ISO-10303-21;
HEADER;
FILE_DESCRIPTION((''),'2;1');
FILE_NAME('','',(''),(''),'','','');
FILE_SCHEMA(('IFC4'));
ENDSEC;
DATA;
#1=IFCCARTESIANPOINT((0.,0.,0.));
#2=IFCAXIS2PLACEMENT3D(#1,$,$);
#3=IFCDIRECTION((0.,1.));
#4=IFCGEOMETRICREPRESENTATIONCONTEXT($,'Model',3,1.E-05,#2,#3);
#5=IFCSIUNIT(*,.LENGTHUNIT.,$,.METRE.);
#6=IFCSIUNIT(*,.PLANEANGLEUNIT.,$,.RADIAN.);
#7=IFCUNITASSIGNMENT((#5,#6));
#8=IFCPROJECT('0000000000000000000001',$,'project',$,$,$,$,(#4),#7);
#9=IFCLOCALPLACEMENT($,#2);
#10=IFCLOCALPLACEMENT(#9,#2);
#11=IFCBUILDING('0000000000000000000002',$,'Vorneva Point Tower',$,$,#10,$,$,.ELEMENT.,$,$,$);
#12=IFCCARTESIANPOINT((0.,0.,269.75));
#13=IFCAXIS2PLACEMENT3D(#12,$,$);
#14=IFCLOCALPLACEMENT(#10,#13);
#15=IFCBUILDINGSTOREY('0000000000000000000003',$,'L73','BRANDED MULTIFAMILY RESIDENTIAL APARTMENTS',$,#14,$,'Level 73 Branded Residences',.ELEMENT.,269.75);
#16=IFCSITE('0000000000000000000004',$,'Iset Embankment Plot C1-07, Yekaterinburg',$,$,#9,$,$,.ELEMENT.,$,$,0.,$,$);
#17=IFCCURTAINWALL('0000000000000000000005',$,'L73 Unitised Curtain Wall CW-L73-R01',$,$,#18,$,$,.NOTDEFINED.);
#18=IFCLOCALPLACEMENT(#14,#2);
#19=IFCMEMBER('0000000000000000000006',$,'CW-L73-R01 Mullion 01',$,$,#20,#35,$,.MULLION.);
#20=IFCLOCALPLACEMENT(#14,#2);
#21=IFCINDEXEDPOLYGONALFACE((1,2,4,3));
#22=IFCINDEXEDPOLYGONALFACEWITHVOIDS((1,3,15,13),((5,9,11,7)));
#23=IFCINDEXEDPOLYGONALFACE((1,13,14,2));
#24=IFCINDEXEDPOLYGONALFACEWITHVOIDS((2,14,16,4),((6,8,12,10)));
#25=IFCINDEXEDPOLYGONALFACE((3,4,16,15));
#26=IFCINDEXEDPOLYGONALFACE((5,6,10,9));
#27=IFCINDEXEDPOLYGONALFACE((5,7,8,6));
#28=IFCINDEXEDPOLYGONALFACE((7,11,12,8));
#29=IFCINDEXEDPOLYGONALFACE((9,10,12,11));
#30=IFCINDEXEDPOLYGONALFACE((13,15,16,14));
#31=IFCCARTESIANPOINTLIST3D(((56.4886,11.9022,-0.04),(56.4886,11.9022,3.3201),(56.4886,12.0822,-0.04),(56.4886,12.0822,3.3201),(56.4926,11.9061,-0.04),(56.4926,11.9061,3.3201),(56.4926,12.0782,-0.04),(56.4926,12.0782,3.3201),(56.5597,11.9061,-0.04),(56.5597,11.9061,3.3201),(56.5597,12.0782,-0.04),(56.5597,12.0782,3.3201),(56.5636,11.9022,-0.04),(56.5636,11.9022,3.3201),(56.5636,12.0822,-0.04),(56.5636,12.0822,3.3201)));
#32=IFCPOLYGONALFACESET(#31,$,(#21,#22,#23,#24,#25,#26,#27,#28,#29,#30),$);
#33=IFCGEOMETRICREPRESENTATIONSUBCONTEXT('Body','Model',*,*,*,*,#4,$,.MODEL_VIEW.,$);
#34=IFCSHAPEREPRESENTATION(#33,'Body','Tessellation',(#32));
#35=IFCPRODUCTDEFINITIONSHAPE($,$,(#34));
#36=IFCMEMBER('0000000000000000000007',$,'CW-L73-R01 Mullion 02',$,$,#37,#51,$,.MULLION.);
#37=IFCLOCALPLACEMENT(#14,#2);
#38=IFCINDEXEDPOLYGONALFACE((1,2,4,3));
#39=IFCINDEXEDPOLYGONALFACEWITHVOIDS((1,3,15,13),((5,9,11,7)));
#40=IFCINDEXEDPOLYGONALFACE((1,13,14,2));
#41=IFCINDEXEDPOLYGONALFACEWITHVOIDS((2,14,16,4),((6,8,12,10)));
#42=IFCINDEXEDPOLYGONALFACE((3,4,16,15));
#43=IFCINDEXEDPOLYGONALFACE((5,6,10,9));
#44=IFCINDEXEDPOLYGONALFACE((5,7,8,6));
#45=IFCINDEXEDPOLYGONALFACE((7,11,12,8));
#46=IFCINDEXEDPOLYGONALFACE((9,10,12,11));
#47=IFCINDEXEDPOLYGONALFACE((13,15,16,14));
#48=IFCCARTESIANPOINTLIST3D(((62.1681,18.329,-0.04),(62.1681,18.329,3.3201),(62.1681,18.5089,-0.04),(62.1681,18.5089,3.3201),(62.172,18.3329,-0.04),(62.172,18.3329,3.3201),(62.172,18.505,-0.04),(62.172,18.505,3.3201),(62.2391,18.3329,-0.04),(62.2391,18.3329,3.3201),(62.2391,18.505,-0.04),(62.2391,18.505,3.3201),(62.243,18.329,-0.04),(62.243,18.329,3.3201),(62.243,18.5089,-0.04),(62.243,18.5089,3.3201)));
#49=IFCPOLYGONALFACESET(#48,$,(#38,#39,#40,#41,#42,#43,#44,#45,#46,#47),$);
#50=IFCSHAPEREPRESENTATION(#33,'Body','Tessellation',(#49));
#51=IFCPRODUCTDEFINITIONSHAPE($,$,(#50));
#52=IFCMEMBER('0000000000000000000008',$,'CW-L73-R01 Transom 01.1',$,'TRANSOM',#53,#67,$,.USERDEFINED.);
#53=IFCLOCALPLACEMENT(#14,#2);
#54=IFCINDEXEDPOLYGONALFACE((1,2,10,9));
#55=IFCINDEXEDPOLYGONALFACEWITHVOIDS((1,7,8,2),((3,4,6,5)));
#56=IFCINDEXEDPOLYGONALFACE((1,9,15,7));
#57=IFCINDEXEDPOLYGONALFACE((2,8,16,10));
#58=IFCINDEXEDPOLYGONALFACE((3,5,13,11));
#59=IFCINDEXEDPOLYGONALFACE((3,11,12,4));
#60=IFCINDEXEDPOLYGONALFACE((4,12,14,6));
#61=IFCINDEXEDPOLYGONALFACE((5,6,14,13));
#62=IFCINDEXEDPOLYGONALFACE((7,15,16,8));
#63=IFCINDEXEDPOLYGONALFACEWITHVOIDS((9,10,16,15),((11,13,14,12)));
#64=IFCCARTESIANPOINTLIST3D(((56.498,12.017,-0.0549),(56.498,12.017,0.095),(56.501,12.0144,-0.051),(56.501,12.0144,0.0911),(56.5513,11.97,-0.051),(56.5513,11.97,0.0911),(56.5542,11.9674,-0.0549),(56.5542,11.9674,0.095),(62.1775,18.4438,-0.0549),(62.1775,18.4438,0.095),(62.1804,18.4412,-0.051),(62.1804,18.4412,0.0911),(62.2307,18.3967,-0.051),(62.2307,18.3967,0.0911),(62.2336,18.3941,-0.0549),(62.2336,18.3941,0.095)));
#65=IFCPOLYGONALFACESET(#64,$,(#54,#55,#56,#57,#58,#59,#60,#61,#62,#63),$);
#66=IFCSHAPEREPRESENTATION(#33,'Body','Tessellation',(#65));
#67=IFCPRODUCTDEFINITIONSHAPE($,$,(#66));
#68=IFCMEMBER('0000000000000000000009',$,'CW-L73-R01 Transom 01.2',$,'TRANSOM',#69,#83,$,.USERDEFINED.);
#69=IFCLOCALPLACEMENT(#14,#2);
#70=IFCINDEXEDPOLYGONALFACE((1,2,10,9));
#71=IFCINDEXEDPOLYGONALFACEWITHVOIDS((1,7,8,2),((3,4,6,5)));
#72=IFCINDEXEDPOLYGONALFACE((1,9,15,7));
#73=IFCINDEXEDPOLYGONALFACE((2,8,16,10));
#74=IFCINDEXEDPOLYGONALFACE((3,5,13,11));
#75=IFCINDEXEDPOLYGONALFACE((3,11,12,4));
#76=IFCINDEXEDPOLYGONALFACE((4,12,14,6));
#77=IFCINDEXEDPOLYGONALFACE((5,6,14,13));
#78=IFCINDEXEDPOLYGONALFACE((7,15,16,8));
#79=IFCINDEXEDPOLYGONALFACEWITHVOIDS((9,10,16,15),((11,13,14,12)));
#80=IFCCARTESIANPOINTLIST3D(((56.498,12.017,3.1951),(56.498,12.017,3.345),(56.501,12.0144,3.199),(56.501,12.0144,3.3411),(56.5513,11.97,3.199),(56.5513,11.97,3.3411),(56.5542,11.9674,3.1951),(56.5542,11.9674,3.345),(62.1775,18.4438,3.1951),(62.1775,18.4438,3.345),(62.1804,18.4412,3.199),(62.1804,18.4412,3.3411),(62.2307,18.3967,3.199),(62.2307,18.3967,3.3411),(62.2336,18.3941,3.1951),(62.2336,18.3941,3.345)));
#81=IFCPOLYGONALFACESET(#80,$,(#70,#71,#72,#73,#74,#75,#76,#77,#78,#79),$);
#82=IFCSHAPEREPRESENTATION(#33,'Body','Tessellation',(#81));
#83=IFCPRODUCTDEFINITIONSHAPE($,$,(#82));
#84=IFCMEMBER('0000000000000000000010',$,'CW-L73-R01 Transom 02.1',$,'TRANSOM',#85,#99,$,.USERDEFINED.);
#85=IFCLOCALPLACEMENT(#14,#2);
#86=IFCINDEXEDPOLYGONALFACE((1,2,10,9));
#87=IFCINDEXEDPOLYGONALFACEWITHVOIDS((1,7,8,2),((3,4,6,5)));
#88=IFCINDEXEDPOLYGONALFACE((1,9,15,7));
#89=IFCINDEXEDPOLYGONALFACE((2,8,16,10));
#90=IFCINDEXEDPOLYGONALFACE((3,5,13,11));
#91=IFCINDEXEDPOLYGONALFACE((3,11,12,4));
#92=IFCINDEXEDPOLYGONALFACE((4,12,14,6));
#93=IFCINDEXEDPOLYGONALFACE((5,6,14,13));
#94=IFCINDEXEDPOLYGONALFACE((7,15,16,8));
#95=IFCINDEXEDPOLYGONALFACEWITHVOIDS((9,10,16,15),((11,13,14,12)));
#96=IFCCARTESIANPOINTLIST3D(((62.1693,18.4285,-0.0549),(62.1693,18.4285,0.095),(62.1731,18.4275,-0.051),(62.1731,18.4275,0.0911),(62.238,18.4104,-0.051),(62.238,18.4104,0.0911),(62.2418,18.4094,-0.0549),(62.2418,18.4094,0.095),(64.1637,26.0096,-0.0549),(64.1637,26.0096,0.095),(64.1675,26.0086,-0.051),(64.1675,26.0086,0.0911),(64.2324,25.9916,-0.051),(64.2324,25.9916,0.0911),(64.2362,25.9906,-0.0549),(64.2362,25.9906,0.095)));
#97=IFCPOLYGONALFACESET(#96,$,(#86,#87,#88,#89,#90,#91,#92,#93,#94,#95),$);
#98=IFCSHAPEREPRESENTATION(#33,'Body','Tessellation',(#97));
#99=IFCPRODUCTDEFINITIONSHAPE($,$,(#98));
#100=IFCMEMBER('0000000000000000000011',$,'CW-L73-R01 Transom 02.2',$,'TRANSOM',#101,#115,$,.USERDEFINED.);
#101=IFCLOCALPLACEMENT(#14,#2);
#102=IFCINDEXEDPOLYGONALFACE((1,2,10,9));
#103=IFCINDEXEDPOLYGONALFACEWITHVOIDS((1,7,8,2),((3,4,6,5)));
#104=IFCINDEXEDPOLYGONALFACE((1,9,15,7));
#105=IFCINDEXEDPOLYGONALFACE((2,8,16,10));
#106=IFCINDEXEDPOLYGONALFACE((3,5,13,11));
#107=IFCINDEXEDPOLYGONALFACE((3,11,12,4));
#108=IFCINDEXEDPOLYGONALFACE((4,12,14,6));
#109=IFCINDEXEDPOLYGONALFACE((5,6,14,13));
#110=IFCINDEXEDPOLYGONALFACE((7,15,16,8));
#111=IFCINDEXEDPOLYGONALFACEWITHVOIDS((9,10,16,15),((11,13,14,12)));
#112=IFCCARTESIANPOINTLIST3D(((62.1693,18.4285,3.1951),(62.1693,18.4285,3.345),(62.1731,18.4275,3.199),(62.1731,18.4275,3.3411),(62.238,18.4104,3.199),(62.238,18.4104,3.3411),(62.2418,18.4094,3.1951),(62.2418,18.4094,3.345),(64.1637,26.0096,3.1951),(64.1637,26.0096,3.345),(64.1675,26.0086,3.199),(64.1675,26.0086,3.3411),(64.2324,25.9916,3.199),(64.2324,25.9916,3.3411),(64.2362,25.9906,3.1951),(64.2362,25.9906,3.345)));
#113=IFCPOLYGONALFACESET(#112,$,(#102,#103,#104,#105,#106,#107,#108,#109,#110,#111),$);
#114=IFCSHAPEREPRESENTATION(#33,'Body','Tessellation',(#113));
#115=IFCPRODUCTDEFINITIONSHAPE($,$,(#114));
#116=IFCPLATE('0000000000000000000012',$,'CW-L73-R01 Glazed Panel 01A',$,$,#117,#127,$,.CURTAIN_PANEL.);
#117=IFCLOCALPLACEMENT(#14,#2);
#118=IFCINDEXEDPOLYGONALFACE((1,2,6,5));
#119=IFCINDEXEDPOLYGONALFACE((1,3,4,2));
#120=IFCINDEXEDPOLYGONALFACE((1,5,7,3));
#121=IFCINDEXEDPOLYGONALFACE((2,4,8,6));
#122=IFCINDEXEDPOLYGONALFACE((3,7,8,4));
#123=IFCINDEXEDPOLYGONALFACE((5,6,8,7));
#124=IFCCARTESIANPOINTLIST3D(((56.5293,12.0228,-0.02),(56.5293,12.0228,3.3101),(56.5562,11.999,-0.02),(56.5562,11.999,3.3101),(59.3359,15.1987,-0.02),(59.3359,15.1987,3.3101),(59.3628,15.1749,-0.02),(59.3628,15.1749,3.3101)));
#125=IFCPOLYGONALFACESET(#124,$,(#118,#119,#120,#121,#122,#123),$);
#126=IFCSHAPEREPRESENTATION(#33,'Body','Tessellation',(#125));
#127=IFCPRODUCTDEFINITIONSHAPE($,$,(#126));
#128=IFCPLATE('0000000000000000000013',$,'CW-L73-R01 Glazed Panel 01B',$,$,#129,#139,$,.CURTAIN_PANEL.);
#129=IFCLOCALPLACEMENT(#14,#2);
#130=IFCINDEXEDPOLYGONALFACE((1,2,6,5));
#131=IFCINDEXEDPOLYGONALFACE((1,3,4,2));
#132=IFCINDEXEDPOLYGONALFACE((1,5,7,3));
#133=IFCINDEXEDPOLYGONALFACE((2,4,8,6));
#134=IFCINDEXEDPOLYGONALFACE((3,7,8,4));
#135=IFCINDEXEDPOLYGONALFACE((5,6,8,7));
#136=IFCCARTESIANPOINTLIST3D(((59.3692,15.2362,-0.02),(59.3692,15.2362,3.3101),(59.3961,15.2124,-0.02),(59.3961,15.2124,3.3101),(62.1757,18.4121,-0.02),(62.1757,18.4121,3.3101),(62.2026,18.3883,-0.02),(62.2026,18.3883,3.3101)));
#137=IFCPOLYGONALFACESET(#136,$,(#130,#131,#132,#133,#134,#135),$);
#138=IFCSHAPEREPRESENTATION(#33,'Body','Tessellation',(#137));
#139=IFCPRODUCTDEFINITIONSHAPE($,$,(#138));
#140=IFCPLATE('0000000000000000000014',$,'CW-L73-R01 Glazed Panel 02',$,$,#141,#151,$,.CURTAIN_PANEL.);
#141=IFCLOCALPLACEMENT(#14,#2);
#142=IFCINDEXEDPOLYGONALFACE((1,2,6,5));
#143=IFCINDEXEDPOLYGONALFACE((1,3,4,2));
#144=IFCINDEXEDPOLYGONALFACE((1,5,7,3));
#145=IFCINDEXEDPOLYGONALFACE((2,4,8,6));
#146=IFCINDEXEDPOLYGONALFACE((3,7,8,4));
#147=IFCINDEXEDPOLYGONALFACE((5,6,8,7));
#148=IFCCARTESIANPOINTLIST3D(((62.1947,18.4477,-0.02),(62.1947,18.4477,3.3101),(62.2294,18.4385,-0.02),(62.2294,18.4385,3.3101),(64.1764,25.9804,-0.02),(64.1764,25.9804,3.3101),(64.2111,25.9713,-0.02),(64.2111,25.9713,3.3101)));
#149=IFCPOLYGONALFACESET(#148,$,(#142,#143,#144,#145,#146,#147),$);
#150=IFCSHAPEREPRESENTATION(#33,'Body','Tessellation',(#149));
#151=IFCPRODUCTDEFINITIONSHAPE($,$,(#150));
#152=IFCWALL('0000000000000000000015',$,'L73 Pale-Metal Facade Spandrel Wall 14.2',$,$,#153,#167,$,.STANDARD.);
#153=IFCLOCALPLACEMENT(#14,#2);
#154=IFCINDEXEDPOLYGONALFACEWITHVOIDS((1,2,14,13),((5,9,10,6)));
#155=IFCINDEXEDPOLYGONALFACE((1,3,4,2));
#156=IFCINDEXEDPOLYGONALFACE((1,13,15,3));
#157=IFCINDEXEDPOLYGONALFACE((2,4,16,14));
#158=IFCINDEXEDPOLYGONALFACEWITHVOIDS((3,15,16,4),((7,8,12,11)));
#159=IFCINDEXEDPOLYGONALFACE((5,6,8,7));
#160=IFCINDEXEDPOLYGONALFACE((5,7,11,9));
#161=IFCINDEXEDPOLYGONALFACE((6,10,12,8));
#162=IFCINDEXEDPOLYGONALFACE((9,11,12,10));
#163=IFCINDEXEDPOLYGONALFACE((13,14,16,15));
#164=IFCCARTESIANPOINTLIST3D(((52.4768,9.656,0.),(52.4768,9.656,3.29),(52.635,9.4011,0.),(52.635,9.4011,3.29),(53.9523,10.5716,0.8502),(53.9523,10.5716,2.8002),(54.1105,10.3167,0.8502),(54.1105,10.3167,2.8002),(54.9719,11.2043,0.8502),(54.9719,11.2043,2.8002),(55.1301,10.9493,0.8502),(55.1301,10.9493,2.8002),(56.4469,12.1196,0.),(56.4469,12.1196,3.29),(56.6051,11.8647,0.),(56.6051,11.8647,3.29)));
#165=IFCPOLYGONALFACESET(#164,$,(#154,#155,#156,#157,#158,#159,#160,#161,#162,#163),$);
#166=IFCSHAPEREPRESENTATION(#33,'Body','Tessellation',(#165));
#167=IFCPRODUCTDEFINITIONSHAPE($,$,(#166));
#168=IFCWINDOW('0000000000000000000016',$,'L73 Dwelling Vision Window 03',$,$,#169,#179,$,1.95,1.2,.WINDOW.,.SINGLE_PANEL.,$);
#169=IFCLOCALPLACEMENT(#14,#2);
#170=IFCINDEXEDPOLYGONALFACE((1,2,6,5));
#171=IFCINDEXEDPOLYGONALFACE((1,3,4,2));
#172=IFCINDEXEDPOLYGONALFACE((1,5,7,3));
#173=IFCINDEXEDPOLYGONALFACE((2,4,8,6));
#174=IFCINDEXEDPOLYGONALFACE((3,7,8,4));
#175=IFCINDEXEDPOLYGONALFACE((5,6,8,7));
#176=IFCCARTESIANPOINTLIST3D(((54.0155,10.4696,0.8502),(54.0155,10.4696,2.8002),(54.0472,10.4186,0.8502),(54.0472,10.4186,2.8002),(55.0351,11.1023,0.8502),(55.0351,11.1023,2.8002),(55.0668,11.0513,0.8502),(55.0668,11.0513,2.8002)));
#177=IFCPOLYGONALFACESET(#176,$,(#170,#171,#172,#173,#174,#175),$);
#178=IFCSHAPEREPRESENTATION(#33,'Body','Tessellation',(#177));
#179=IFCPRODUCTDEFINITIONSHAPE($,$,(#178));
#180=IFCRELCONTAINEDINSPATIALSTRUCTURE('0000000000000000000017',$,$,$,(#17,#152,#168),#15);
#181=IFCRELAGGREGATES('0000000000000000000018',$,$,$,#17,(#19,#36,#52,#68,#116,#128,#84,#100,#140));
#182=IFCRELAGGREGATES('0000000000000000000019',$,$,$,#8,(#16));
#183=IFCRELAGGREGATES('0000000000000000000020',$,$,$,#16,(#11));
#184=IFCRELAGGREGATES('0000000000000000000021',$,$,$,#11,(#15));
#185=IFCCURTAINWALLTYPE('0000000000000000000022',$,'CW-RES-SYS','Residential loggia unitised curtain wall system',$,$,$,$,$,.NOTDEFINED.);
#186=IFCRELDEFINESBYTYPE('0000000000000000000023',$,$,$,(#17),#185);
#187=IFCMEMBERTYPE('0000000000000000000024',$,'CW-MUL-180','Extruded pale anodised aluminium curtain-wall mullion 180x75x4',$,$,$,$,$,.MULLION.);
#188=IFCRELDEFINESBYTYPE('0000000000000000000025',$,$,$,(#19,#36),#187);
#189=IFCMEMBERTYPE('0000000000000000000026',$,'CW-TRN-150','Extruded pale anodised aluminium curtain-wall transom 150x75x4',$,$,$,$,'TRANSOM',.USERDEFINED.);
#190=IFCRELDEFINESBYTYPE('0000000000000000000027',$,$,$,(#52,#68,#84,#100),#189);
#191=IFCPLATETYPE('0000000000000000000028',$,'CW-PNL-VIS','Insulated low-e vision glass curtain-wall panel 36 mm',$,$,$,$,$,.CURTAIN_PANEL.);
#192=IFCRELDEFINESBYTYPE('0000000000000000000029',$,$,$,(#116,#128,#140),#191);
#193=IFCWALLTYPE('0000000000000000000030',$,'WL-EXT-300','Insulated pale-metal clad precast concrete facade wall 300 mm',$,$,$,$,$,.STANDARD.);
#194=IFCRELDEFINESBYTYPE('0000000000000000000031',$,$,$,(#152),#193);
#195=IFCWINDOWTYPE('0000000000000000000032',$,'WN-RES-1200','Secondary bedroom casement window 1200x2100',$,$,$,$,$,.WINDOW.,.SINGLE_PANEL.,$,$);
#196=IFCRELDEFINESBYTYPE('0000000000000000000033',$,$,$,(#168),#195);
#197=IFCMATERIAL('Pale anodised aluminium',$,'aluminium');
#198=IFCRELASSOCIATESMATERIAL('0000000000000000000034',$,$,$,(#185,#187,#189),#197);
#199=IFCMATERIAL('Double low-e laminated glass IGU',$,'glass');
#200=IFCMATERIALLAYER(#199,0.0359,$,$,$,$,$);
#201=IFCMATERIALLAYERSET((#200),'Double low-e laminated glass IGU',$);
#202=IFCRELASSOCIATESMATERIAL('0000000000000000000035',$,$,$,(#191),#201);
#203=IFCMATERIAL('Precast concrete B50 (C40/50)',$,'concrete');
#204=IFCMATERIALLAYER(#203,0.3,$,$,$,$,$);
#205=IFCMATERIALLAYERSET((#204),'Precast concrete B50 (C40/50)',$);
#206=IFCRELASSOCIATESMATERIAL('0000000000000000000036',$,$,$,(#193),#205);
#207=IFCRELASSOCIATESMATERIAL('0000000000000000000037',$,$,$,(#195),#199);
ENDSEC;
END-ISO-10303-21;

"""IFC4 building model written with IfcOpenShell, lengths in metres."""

from ifc_helpers import new_model, si_unit, direction, frame, frame_2d, origin, origin_2d, place, context, subcontext, project, spatial, rectangle, hollow_rectangle, extrude, material, layer, layer_set, material_profile, profile_set, type_object, element, fill, aggregate, save


model = new_model("IFC4")

# Units and contexts
model_context = context("Model", 3, precision=1e-05, world=origin(), true_north=direction((0.0, 1.0)))
body_context = subcontext(model_context, "Body", "Model", "MODEL_VIEW")
ifc_project = project(units=[si_unit("LENGTHUNIT", "METRE"), si_unit("PLANEANGLEUNIT", "RADIAN")], contexts=[model_context])

# Site, building, storey
site_placement = place(None, origin())
site = spatial("IfcSite", under=ifc_project, at=site_placement, Name="Iset Embankment Plot C1-07, Yekaterinburg", CompositionType="ELEMENT", RefElevation=0.0)
building_placement = place(site_placement, origin())
building = spatial("IfcBuilding", under=site, at=building_placement, Name="Vorneva Point Tower", CompositionType="ELEMENT")
storey_placement = place(building_placement, frame((0.0, 0.0, 269.75)))
storey = spatial("IfcBuildingStorey", under=building, at=storey_placement, Name="L73", Description="BRANDED MULTIFAMILY RESIDENTIAL APARTMENTS", LongName="Level 73 Branded Residences", CompositionType="ELEMENT", Elevation=269.75)

# Curtain wall, members, plates
ifc_material_1 = material(Name="Pale anodised aluminium", Category="aluminium")
curtain_wall_type = type_object("IfcCurtainWallType", Name="CW-RES-SYS", Description="Residential loggia unitised curtain wall system", PredefinedType="NOTDEFINED", material=ifc_material_1)
curtain_wall_placement = place(storey_placement, origin())
curtain_wall = element("IfcCurtainWall", 1, at=curtain_wall_placement, inside=storey, type_object=curtain_wall_type, Name="L73 Unitised Curtain Wall CW-L73-R01", PredefinedType="NOTDEFINED")
ifc_material_profile_1 = material_profile(ifc_material_1, hollow_rectangle(XDim=0.075, YDim=0.1799, WallThickness=0.0039, at=origin_2d()), Name="AL-MUL 180x75x4")
ifc_profile_set_1 = profile_set([ifc_material_profile_1], Name="Pale anodised aluminium")
member_type_1 = type_object("IfcMemberType", Name="CW-MUL-180", Description="Extruded pale anodised aluminium curtain-wall mullion 180x75x4", PredefinedType="MULLION", material=ifc_profile_set_1)
member_1_placement = place(storey_placement, frame((56.5261, 11.9922, -0.04), z_axis=(0.0, 0.0, 1.0), x_axis=(1.0, 0.0, 0.0)))
member_1 = element("IfcMember", 2, at=member_1_placement, type_object=member_type_1, Name="CW-L73-R01 Mullion 01", PredefinedType="MULLION", context=body_context, shape_type="SweptSolid", body=[
    extrude(hollow_rectangle(XDim=0.075, YDim=0.1799, WallThickness=0.0039, at=origin_2d()), origin(), (0.0, 0.0, 1.0), 3.3601),
])
member_2_placement = place(storey_placement, frame((62.2056, 18.4189, -0.04), z_axis=(0.0, 0.0, 1.0), x_axis=(1.0, 0.0, 0.0)))
member_2 = element("IfcMember", 3, at=member_2_placement, type_object=member_type_1, Name="CW-L73-R01 Mullion 02", PredefinedType="MULLION", context=body_context, shape_type="SweptSolid", body=[
    extrude(hollow_rectangle(XDim=0.075, YDim=0.1799, WallThickness=0.0039, at=origin_2d()), origin(), (0.0, 0.0, 1.0), 3.3601),
])
ifc_material_profile_2 = material_profile(ifc_material_1, hollow_rectangle(XDim=0.075, YDim=0.1499, WallThickness=0.0039, at=origin_2d()), Name="AL-TRN 150x75x4")
ifc_profile_set_2 = profile_set([ifc_material_profile_2], Name="Pale anodised aluminium")
member_type_2 = type_object("IfcMemberType", Name="CW-TRN-150", Description="Extruded pale anodised aluminium curtain-wall transom 150x75x4", ElementType="TRANSOM", PredefinedType="USERDEFINED", material=ifc_profile_set_2)
member_3_placement = place(storey_placement, frame((56.5261, 11.9922, 0.02), z_axis=(0.662197, 0.74933, 0.0), x_axis=(-0.74933, 0.662197, 0.0)))
member_3 = element("IfcMember", 4, at=member_3_placement, type_object=member_type_2, Name="CW-L73-R01 Transom 01.1", ObjectType="TRANSOM", PredefinedType="USERDEFINED", context=body_context, shape_type="SweptSolid", body=[
    extrude(hollow_rectangle(XDim=0.075, YDim=0.1499, WallThickness=0.0039, at=origin_2d()), origin(), (0.0, 0.0, 1.0), 8.5767),
])
member_4_placement = place(storey_placement, frame((56.5261, 11.9922, 3.27), z_axis=(0.662197, 0.74933, 0.0), x_axis=(-0.74933, 0.662197, 0.0)))
member_4 = element("IfcMember", 5, at=member_4_placement, type_object=member_type_2, Name="CW-L73-R01 Transom 01.2", ObjectType="TRANSOM", PredefinedType="USERDEFINED", context=body_context, shape_type="SweptSolid", body=[
    extrude(hollow_rectangle(XDim=0.075, YDim=0.1499, WallThickness=0.0039, at=origin_2d()), origin(), (0.0, 0.0, 1.0), 8.5767),
])
member_5_placement = place(storey_placement, frame((62.2056, 18.4189, 0.02), z_axis=(0.254418, 0.967094, 0.0), x_axis=(-0.967094, 0.254418, 0.0)))
member_5 = element("IfcMember", 6, at=member_5_placement, type_object=member_type_2, Name="CW-L73-R01 Transom 02.1", ObjectType="TRANSOM", PredefinedType="USERDEFINED", context=body_context, shape_type="SweptSolid", body=[
    extrude(hollow_rectangle(XDim=0.075, YDim=0.1499, WallThickness=0.0039, at=origin_2d()), origin(), (0.0, 0.0, 1.0), 7.8391),
])
member_6_placement = place(storey_placement, frame((62.2056, 18.4189, 3.27), z_axis=(0.254418, 0.967094, 0.0), x_axis=(-0.967094, 0.254418, 0.0)))
member_6 = element("IfcMember", 7, at=member_6_placement, type_object=member_type_2, Name="CW-L73-R01 Transom 02.2", ObjectType="TRANSOM", PredefinedType="USERDEFINED", context=body_context, shape_type="SweptSolid", body=[
    extrude(hollow_rectangle(XDim=0.075, YDim=0.1499, WallThickness=0.0039, at=origin_2d()), origin(), (0.0, 0.0, 1.0), 7.8391),
])
ifc_material_2 = material(Name="Double low-e laminated glass IGU", Category="glass")
ifc_layer_1 = layer(ifc_material_2, 0.0359)
ifc_layer_set_1 = layer_set([ifc_layer_1], Name="Double low-e laminated glass IGU")
plate_type = type_object("IfcPlateType", Name="CW-PNL-VIS", Description="Insulated low-e vision glass curtain-wall panel 36 mm", PredefinedType="CURTAIN_PANEL", material=ifc_layer_set_1)
plate_1_placement = place(storey_placement, frame((57.946, 13.5989, -0.02), z_axis=(0.0, 0.0, 1.0), x_axis=(0.662189, 0.749337, 0.0)))
plate_1 = element("IfcPlate", 8, at=plate_1_placement, type_object=plate_type, Name="CW-L73-R01 Glazed Panel 01A", PredefinedType="CURTAIN_PANEL", context=body_context, shape_type="SweptSolid", body=[
    extrude(rectangle(XDim=4.2383, YDim=0.0359, at=origin_2d()), origin(), (0.0, 0.0, 1.0), 3.3301),
])
plate_2_placement = place(storey_placement, frame((60.7859, 16.8123, -0.02), z_axis=(0.0, 0.0, 1.0), x_axis=(0.662189, 0.749337, 0.0)))
plate_2 = element("IfcPlate", 9, at=plate_2_placement, type_object=plate_type, Name="CW-L73-R01 Glazed Panel 01B", PredefinedType="CURTAIN_PANEL", context=body_context, shape_type="SweptSolid", body=[
    extrude(rectangle(XDim=4.2383, YDim=0.0359, at=origin_2d()), origin(), (0.0, 0.0, 1.0), 3.3301),
])
plate_3_placement = place(storey_placement, frame((63.2029, 22.2095, -0.02), z_axis=(0.0, 0.0, 1.0), x_axis=(0.254416, 0.967095, 0.0)))
plate_3 = element("IfcPlate", 10, at=plate_3_placement, type_object=plate_type, Name="CW-L73-R01 Glazed Panel 02", PredefinedType="CURTAIN_PANEL", context=body_context, shape_type="SweptSolid", body=[
    extrude(rectangle(XDim=7.7891, YDim=0.0359, at=origin_2d()), origin(), (0.0, 0.0, 1.0), 3.3301),
])
aggregate(curtain_wall, [member_1, member_2, member_3, member_4, plate_1, plate_2, member_5, member_6, plate_3])

# Wall, opening, window
ifc_material_3 = material(Name="Precast concrete B50 (C40/50)", Category="concrete")
ifc_layer_2 = layer(ifc_material_3, 0.3)
ifc_layer_set_2 = layer_set([ifc_layer_2], Name="Precast concrete B50 (C40/50)")
wall_type_1 = type_object("IfcWallType", Name="WL-EXT-300", Description="Insulated pale-metal clad precast concrete facade wall 300 mm", PredefinedType="STANDARD", material=ifc_layer_set_2)
wall_1_placement = place(storey_placement, frame((52.5559, 9.5286, 0.0), z_axis=(0.0, 0.0, 1.0), x_axis=(0.849702, 0.527263, 0.0)))
wall_1 = element("IfcWall", 11, at=wall_1_placement, inside=storey, type_object=wall_type_1, Name="L73 Pale-Metal Facade Spandrel Wall 14.2", PredefinedType="STANDARD", context=body_context, shape_type="SweptSolid", body=[
    extrude(rectangle(XDim=4.6724, YDim=0.3, at=frame_2d((2.3362, 0.0))), origin(), (0.0, 0.0, 1.0), 3.29),
])
opening_1_placement = place(wall_1_placement, frame((1.7363, 0.0, 0.8501)))
opening_1 = element("IfcOpeningElement", 12, at=opening_1_placement, cuts=wall_1, PredefinedType="OPENING", context=body_context, shape_type="SweptSolid", body=[
    extrude(rectangle(XDim=1.2, YDim=1.95, at=frame_2d((0.6001, 0.9751))), frame((0.0, 0.165, 0.0), z_axis=(0.0, -1.0, 0.0), x_axis=(1.0, 0.0, 0.0)), (0.0, 0.0, 1.0), 0.3298),
])
window_type = type_object("IfcWindowType", Name="WN-RES-1200", Description="Secondary bedroom casement window 1200x2100", PartitioningType="SINGLE_PANEL", PredefinedType="WINDOW", material=ifc_material_2)
window_placement = place(opening_1_placement, origin())
window = element("IfcWindow", 13, at=window_placement, inside=storey, type_object=window_type, Name="L73 Dwelling Vision Window 03", OverallHeight=1.95, OverallWidth=1.2, PartitioningType="SINGLE_PANEL", PredefinedType="WINDOW", context=body_context, shape_type="SweptSolid", body=[
    extrude(rectangle(XDim=1.2, YDim=1.95, at=frame_2d((0.6001, 0.9751))), frame((0.0, 0.03, 0.0), z_axis=(0.0, -1.0, 0.0), x_axis=(1.0, 0.0, 0.0)), (0.0, 0.0, 1.0), 0.0601),
])
fill(opening_1, window)

save(model, "model.ifc")
